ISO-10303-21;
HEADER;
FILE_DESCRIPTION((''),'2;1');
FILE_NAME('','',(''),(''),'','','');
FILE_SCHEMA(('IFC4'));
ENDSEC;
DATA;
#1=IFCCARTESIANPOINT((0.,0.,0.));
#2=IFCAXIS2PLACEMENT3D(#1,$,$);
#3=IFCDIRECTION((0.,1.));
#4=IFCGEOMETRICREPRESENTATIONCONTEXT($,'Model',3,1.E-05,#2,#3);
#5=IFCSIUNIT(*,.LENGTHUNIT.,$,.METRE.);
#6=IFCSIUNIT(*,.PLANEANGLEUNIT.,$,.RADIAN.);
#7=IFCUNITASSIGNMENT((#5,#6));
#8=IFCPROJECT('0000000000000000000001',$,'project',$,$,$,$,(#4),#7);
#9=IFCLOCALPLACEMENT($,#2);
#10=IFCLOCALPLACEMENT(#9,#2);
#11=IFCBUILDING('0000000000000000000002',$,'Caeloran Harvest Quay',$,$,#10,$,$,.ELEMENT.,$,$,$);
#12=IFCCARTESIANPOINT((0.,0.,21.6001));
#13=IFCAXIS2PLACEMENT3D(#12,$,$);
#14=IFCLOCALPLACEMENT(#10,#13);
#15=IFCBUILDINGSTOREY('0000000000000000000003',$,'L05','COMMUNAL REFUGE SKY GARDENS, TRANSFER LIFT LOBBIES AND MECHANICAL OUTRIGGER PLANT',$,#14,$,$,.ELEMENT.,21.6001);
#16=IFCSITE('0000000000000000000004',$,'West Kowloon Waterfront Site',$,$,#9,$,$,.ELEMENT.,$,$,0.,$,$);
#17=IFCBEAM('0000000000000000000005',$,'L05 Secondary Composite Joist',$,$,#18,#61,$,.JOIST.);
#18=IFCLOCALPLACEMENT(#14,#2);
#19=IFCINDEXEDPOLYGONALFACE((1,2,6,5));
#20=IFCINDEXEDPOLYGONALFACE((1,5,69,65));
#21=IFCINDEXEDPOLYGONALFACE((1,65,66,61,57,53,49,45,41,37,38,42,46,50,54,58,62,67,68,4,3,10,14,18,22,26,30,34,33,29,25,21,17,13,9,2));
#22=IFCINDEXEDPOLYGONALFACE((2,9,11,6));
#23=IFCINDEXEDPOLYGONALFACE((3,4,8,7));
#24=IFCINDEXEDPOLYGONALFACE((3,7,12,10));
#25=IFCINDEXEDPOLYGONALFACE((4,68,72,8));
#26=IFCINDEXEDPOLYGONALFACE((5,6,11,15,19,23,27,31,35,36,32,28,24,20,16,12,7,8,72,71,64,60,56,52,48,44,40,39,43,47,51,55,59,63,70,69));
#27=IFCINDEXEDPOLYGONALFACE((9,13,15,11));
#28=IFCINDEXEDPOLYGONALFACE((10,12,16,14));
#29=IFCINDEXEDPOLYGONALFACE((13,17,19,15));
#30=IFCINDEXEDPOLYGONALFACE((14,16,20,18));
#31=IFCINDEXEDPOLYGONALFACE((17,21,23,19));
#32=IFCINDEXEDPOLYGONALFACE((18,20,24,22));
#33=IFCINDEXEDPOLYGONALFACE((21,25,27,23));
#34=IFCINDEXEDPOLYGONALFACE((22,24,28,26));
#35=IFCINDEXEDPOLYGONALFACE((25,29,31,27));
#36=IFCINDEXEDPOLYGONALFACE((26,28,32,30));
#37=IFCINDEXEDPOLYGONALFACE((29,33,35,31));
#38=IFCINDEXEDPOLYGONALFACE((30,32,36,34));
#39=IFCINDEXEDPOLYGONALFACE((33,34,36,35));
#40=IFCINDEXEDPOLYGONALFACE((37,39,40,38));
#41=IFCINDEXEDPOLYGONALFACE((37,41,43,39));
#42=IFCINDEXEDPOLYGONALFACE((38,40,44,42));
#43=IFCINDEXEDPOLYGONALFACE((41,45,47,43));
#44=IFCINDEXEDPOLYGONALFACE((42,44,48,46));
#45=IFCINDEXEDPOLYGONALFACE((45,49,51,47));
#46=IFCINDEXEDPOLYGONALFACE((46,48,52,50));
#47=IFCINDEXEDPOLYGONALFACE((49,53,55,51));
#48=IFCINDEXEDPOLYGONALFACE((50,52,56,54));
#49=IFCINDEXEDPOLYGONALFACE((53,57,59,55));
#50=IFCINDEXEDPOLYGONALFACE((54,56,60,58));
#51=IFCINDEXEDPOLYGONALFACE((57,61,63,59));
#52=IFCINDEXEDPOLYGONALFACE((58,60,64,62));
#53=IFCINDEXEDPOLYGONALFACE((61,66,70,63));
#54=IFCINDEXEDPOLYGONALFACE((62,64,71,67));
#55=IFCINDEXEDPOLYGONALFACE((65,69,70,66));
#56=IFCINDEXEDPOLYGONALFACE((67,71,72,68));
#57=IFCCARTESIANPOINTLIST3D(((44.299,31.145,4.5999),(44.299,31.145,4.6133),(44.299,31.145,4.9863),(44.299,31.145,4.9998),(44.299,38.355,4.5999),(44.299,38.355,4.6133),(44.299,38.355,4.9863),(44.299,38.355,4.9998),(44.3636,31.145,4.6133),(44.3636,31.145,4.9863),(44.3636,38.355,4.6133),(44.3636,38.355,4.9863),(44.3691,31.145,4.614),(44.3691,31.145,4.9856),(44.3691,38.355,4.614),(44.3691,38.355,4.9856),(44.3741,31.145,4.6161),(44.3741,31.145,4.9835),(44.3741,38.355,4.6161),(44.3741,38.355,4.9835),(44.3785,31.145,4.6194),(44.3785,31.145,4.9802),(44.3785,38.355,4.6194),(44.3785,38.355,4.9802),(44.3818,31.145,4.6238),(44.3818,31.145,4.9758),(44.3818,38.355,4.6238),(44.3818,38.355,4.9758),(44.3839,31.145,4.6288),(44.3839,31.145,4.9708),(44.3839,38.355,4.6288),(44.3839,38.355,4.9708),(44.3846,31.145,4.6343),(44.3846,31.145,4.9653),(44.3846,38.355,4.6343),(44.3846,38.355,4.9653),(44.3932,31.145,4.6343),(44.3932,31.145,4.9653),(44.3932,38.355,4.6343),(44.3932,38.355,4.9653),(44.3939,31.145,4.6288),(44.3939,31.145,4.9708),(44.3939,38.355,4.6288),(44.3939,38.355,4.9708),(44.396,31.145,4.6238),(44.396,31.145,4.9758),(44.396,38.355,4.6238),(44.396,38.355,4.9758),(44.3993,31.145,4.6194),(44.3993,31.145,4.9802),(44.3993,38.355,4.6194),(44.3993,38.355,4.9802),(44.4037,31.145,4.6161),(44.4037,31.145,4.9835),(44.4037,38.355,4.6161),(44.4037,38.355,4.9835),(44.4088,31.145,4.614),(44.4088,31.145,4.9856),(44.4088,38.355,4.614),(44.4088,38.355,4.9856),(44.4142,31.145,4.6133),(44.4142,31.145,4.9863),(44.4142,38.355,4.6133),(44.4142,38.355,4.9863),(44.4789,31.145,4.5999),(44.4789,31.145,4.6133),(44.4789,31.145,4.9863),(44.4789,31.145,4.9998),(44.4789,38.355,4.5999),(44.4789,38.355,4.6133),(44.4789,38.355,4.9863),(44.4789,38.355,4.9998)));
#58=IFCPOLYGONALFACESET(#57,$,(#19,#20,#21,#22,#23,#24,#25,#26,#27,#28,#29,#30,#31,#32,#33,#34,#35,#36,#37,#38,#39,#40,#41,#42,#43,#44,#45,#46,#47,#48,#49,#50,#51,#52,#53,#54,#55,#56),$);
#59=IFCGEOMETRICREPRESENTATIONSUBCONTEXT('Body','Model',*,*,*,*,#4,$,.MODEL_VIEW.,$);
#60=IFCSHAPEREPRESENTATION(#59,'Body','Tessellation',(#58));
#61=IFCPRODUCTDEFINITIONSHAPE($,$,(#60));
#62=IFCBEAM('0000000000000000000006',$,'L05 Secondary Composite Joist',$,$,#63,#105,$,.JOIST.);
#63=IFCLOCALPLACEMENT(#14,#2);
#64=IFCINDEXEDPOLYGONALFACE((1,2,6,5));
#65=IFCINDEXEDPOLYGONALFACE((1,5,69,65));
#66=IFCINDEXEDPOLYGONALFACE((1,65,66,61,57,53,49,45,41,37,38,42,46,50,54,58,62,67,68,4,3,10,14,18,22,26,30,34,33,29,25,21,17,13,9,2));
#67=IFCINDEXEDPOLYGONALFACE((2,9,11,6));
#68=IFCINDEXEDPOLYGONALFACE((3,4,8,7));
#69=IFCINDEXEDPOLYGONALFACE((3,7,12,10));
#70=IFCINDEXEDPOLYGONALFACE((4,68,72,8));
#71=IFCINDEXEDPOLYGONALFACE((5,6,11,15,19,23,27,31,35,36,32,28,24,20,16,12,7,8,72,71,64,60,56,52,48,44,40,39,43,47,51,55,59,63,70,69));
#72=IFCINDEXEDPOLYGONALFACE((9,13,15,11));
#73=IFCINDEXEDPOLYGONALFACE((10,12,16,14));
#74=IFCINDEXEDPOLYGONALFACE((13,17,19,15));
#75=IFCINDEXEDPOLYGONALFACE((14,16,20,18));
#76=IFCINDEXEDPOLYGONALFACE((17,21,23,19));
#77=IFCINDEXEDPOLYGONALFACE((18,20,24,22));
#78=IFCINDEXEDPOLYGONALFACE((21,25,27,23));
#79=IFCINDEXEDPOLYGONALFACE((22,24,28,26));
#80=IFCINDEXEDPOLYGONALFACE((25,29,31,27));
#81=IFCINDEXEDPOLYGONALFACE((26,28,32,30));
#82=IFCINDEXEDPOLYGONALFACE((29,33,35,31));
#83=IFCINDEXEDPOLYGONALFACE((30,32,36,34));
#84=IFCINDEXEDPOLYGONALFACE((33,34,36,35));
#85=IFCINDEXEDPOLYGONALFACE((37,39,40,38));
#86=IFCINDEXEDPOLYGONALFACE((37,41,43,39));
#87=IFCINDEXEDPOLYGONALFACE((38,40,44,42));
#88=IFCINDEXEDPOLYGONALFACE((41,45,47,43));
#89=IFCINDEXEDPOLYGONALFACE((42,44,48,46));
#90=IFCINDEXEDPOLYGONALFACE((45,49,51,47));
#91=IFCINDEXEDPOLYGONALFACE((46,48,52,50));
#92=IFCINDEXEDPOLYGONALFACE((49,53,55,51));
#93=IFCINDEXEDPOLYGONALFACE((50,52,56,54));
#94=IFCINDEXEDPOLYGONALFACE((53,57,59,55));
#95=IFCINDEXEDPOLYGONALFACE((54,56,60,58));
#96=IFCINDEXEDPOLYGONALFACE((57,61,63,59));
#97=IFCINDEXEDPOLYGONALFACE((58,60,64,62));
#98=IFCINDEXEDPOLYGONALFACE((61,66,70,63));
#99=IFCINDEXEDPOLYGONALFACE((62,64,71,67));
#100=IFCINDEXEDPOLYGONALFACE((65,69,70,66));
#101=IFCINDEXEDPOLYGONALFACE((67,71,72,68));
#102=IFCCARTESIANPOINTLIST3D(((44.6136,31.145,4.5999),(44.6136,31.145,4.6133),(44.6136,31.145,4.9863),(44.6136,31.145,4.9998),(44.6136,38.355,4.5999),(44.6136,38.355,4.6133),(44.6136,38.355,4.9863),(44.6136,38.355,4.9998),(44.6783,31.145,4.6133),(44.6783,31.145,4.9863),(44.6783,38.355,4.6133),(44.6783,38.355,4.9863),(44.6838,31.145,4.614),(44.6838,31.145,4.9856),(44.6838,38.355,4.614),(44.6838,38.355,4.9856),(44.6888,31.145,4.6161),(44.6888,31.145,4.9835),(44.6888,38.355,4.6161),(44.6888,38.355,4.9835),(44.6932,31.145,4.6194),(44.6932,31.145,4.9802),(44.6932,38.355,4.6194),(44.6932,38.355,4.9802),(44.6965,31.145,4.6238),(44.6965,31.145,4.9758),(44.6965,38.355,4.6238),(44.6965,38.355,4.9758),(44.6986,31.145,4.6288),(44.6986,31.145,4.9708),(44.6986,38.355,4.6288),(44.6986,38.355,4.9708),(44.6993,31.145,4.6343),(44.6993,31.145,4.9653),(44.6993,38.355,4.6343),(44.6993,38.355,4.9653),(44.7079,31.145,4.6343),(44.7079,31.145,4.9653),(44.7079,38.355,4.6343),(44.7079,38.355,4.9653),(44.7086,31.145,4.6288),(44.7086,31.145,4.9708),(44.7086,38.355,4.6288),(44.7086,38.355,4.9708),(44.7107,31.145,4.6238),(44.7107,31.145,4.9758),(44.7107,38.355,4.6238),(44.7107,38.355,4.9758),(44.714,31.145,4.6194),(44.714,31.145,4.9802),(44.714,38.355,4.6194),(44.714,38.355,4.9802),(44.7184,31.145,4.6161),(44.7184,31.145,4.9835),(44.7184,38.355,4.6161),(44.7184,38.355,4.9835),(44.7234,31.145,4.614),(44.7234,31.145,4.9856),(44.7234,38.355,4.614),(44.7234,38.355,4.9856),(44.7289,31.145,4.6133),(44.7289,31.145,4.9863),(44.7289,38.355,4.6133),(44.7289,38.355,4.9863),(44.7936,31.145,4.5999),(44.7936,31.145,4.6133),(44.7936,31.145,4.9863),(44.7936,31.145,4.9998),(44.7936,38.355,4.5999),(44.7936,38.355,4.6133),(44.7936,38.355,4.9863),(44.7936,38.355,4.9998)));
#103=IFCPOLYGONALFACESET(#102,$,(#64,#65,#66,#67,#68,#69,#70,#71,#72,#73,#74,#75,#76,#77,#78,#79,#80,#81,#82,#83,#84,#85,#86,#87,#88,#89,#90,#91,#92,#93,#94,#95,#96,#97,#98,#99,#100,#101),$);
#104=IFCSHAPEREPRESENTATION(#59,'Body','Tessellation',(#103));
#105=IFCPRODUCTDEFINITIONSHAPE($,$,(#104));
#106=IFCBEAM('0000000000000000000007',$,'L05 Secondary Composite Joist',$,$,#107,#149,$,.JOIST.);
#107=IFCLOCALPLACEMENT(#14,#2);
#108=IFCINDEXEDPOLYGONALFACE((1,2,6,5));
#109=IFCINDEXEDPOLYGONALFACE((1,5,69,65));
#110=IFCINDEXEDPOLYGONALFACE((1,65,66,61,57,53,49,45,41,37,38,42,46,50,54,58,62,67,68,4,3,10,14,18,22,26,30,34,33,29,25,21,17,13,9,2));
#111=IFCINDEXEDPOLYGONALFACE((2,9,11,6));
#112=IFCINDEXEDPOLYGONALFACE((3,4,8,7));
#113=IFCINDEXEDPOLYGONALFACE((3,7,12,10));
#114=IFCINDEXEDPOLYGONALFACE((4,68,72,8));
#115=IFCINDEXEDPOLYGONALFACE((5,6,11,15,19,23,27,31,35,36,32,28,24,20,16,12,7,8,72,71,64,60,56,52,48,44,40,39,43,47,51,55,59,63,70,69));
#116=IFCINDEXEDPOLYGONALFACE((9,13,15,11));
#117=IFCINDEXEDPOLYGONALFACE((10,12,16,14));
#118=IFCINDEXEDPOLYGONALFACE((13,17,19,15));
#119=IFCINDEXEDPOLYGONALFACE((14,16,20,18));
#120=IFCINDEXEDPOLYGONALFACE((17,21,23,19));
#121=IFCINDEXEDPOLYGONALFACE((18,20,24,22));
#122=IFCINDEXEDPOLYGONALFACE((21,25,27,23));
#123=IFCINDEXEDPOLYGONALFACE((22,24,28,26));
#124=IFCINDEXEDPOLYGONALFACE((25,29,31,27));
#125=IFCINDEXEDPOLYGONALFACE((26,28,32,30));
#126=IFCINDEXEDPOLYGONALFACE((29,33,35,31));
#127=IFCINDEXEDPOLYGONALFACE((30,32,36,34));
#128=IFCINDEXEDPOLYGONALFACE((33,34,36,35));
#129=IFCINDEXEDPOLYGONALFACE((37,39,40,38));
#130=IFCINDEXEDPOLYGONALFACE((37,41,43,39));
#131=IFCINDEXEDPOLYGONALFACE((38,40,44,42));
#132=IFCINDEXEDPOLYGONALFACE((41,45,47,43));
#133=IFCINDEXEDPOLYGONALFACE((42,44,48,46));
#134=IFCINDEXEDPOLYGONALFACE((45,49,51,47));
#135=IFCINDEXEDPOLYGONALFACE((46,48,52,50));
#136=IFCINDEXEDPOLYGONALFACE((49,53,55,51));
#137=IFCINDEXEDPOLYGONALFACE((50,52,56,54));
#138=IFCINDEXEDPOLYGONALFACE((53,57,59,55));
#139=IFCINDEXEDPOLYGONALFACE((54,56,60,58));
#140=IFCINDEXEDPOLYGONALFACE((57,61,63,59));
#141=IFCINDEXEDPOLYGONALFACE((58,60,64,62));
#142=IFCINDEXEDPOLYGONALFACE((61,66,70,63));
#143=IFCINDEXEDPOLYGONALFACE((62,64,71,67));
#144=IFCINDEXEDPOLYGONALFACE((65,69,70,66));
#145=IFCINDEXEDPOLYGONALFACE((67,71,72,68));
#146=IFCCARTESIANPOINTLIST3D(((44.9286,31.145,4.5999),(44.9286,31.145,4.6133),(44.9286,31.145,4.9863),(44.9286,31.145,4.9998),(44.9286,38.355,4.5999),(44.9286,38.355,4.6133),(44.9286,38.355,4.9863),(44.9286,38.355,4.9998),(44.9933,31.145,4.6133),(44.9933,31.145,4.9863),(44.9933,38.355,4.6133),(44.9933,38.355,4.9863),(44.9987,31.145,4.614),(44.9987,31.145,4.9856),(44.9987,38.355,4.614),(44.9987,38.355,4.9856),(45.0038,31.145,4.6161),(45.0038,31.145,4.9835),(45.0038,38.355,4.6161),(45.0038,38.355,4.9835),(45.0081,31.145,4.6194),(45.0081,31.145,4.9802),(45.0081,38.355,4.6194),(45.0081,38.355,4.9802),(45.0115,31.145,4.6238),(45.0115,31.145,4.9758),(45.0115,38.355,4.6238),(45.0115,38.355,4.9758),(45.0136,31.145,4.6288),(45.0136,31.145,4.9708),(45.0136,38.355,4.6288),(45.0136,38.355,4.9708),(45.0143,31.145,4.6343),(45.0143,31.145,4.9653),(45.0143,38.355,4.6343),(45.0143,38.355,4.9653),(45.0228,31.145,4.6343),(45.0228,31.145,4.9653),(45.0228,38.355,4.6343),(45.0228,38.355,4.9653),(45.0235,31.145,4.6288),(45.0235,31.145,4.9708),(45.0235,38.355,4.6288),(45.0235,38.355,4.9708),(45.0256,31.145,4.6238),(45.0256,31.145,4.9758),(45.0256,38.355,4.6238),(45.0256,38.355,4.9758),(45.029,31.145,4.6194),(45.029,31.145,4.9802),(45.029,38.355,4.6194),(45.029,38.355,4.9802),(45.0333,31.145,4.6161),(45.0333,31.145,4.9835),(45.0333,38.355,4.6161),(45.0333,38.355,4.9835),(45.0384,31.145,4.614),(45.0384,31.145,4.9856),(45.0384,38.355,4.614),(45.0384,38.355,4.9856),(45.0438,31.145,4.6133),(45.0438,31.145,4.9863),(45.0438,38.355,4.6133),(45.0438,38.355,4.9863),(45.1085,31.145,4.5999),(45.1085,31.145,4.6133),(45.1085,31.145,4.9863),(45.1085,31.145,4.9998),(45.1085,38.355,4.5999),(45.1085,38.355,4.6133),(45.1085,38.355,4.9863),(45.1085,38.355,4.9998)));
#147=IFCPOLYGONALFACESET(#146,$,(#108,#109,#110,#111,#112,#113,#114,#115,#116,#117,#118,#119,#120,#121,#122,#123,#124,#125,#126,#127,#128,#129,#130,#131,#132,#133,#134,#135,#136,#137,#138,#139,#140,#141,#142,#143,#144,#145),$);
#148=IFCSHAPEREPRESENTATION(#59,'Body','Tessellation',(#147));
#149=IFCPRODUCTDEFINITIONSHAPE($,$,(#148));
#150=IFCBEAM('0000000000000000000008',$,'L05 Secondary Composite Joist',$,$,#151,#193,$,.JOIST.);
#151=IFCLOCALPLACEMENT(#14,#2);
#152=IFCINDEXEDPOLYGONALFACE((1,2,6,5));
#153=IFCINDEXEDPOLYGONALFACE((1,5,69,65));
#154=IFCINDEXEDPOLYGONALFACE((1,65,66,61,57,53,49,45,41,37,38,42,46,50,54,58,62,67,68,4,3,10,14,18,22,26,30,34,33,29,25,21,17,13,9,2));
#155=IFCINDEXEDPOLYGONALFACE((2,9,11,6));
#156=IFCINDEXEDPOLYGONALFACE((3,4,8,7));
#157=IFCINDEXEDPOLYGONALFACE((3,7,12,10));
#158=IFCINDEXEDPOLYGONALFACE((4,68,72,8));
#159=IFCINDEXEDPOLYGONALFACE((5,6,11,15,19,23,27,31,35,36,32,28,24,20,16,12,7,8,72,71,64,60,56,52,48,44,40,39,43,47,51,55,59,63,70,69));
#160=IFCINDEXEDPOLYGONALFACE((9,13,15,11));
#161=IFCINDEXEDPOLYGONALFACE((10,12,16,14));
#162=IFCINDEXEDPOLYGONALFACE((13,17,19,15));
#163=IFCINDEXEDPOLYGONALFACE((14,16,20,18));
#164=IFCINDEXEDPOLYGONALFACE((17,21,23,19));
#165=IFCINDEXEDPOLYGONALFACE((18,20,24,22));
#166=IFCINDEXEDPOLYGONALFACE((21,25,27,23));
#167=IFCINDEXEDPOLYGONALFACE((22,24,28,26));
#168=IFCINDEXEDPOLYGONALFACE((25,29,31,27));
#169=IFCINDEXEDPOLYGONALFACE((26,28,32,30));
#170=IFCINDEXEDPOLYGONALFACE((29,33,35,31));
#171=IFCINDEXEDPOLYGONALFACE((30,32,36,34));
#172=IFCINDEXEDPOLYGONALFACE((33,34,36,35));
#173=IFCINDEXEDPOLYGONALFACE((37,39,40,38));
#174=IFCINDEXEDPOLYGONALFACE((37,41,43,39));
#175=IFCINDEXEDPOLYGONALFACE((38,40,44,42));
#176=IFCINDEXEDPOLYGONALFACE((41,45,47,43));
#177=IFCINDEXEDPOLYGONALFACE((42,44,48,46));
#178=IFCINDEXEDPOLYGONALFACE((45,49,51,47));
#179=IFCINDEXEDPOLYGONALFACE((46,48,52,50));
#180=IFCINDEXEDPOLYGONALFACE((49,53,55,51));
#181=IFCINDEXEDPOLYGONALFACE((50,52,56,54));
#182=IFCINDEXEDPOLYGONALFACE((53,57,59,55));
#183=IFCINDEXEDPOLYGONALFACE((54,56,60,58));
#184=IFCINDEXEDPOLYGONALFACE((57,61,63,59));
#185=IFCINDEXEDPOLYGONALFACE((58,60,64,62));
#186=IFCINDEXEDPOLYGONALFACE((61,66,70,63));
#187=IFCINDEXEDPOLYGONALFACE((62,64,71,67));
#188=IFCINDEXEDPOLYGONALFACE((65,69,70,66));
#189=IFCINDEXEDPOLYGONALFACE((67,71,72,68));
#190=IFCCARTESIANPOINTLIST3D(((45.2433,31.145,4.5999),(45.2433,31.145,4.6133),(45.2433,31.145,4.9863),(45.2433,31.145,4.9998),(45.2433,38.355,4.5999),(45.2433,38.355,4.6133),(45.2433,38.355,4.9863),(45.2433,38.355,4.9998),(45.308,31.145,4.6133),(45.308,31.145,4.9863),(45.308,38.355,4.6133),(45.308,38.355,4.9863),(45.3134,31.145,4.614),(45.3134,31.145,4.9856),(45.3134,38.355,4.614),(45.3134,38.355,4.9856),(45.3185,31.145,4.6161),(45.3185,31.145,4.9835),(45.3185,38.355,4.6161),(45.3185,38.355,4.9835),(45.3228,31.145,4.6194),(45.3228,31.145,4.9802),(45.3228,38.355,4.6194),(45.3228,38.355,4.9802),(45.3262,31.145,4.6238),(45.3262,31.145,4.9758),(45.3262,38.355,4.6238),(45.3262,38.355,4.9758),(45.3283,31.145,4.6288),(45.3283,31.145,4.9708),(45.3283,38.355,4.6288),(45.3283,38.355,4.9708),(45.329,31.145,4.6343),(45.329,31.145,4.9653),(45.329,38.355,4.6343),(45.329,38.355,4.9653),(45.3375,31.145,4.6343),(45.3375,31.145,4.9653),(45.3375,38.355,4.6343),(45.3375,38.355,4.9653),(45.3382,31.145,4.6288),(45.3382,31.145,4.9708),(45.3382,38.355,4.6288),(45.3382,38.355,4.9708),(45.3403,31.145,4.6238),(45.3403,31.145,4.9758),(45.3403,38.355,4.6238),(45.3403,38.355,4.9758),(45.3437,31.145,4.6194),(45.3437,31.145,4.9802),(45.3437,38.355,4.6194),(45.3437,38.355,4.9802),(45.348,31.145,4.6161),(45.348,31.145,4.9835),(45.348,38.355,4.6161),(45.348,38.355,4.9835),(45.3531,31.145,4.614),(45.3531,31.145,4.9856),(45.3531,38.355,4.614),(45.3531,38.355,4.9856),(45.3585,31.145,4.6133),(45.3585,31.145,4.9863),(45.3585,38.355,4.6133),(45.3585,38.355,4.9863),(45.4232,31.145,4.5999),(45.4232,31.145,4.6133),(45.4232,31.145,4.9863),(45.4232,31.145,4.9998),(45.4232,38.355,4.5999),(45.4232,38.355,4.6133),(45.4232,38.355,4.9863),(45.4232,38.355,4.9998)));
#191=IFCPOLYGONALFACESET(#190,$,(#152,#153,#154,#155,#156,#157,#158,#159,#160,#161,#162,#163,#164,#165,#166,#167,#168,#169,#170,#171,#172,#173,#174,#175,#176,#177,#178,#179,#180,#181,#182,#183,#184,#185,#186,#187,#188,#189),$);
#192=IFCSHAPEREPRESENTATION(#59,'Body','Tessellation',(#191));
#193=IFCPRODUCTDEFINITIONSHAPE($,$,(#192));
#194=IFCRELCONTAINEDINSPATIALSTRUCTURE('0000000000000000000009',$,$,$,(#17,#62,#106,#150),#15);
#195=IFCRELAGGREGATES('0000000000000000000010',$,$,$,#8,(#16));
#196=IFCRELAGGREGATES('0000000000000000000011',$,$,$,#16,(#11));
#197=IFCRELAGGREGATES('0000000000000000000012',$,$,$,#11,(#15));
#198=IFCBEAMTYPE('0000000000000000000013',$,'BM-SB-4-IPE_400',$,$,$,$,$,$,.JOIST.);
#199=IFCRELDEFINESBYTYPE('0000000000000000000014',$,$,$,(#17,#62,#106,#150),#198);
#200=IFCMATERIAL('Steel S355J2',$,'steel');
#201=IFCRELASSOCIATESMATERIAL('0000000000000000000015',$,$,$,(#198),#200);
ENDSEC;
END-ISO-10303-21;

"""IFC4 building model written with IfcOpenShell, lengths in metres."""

from ifc_helpers import new_model, si_unit, direction, frame, origin, origin_2d, place, context, subcontext, project, spatial, i_section, extrude, material, material_profile, profile_set, type_object, element, save


model = new_model("IFC4")

# Units and contexts
model_context = context("Model", 3, precision=1e-05, world=origin(), true_north=direction((0.0, 1.0)))
body_context = subcontext(model_context, "Body", "Model", "MODEL_VIEW")
ifc_project = project(units=[si_unit("LENGTHUNIT", "METRE"), si_unit("PLANEANGLEUNIT", "RADIAN")], contexts=[model_context])

# Site, building, storey
site_placement = place(None, origin())
site = spatial("IfcSite", under=ifc_project, at=site_placement, Name="West Kowloon Waterfront Site", CompositionType="ELEMENT", RefElevation=0.0)
building_placement = place(site_placement, origin())
building = spatial("IfcBuilding", under=site, at=building_placement, Name="Caeloran Harvest Quay", CompositionType="ELEMENT")
storey_placement = place(building_placement, frame((0.0, 0.0, 21.6001)))
storey = spatial("IfcBuildingStorey", under=building, at=storey_placement, Name="L05", Description="COMMUNAL REFUGE SKY GARDENS, TRANSFER LIFT LOBBIES AND MECHANICAL OUTRIGGER PLANT", CompositionType="ELEMENT", Elevation=21.6001)

# Beams
ifc_material_1 = material(Name="Steel S355J2", Category="steel")
ifc_material_profile_1 = material_profile(ifc_material_1, i_section(OverallWidth=0.1799, OverallDepth=0.3999, WebThickness=0.0085, FlangeThickness=0.0134, FilletRadius=0.021, at=origin_2d()), Name="IPE 400")
ifc_profile_set_1 = profile_set([ifc_material_profile_1], Name="Steel S355J2")
beam_type_1 = type_object("IfcBeamType", Name="BM-SB-4-IPE_400", PredefinedType="JOIST", material=ifc_profile_set_1)
for number, where, z_axis, x_axis, name in (
    (1, (44.3889, 31.145, 4.7998), (0.0, 1.0, 0.0), (-1.0, 0.0, 0.0), "L05 Secondary Composite Joist"),
    (2, (44.7036, 31.145, 4.7998), (0.0, 1.0, 0.0), (-1.0, 0.0, 0.0), "L05 Secondary Composite Joist"),
    (3, (45.0186, 31.145, 4.7998), (0.0, 1.0, 0.0), (-1.0, 0.0, 0.0), "L05 Secondary Composite Joist"),
    (4, (45.3333, 31.145, 4.7998), (0.0, 1.0, 0.0), (-1.0, 0.0, 0.0), "L05 Secondary Composite Joist"),
):
    element("IfcBeam", number, at=place(storey_placement, frame(where, z_axis=z_axis, x_axis=x_axis)), inside=storey, type_object=beam_type_1, Name=name, PredefinedType="JOIST", context=body_context, shape_type="SweptSolid", body=[
        extrude(i_section(OverallWidth=0.1799, OverallDepth=0.3999, WebThickness=0.0085, FlangeThickness=0.0134, FilletRadius=0.021, at=origin_2d()), origin(), (0.0, 0.0, 1.0), 7.21),
    ])

save(model, "model.ifc")
